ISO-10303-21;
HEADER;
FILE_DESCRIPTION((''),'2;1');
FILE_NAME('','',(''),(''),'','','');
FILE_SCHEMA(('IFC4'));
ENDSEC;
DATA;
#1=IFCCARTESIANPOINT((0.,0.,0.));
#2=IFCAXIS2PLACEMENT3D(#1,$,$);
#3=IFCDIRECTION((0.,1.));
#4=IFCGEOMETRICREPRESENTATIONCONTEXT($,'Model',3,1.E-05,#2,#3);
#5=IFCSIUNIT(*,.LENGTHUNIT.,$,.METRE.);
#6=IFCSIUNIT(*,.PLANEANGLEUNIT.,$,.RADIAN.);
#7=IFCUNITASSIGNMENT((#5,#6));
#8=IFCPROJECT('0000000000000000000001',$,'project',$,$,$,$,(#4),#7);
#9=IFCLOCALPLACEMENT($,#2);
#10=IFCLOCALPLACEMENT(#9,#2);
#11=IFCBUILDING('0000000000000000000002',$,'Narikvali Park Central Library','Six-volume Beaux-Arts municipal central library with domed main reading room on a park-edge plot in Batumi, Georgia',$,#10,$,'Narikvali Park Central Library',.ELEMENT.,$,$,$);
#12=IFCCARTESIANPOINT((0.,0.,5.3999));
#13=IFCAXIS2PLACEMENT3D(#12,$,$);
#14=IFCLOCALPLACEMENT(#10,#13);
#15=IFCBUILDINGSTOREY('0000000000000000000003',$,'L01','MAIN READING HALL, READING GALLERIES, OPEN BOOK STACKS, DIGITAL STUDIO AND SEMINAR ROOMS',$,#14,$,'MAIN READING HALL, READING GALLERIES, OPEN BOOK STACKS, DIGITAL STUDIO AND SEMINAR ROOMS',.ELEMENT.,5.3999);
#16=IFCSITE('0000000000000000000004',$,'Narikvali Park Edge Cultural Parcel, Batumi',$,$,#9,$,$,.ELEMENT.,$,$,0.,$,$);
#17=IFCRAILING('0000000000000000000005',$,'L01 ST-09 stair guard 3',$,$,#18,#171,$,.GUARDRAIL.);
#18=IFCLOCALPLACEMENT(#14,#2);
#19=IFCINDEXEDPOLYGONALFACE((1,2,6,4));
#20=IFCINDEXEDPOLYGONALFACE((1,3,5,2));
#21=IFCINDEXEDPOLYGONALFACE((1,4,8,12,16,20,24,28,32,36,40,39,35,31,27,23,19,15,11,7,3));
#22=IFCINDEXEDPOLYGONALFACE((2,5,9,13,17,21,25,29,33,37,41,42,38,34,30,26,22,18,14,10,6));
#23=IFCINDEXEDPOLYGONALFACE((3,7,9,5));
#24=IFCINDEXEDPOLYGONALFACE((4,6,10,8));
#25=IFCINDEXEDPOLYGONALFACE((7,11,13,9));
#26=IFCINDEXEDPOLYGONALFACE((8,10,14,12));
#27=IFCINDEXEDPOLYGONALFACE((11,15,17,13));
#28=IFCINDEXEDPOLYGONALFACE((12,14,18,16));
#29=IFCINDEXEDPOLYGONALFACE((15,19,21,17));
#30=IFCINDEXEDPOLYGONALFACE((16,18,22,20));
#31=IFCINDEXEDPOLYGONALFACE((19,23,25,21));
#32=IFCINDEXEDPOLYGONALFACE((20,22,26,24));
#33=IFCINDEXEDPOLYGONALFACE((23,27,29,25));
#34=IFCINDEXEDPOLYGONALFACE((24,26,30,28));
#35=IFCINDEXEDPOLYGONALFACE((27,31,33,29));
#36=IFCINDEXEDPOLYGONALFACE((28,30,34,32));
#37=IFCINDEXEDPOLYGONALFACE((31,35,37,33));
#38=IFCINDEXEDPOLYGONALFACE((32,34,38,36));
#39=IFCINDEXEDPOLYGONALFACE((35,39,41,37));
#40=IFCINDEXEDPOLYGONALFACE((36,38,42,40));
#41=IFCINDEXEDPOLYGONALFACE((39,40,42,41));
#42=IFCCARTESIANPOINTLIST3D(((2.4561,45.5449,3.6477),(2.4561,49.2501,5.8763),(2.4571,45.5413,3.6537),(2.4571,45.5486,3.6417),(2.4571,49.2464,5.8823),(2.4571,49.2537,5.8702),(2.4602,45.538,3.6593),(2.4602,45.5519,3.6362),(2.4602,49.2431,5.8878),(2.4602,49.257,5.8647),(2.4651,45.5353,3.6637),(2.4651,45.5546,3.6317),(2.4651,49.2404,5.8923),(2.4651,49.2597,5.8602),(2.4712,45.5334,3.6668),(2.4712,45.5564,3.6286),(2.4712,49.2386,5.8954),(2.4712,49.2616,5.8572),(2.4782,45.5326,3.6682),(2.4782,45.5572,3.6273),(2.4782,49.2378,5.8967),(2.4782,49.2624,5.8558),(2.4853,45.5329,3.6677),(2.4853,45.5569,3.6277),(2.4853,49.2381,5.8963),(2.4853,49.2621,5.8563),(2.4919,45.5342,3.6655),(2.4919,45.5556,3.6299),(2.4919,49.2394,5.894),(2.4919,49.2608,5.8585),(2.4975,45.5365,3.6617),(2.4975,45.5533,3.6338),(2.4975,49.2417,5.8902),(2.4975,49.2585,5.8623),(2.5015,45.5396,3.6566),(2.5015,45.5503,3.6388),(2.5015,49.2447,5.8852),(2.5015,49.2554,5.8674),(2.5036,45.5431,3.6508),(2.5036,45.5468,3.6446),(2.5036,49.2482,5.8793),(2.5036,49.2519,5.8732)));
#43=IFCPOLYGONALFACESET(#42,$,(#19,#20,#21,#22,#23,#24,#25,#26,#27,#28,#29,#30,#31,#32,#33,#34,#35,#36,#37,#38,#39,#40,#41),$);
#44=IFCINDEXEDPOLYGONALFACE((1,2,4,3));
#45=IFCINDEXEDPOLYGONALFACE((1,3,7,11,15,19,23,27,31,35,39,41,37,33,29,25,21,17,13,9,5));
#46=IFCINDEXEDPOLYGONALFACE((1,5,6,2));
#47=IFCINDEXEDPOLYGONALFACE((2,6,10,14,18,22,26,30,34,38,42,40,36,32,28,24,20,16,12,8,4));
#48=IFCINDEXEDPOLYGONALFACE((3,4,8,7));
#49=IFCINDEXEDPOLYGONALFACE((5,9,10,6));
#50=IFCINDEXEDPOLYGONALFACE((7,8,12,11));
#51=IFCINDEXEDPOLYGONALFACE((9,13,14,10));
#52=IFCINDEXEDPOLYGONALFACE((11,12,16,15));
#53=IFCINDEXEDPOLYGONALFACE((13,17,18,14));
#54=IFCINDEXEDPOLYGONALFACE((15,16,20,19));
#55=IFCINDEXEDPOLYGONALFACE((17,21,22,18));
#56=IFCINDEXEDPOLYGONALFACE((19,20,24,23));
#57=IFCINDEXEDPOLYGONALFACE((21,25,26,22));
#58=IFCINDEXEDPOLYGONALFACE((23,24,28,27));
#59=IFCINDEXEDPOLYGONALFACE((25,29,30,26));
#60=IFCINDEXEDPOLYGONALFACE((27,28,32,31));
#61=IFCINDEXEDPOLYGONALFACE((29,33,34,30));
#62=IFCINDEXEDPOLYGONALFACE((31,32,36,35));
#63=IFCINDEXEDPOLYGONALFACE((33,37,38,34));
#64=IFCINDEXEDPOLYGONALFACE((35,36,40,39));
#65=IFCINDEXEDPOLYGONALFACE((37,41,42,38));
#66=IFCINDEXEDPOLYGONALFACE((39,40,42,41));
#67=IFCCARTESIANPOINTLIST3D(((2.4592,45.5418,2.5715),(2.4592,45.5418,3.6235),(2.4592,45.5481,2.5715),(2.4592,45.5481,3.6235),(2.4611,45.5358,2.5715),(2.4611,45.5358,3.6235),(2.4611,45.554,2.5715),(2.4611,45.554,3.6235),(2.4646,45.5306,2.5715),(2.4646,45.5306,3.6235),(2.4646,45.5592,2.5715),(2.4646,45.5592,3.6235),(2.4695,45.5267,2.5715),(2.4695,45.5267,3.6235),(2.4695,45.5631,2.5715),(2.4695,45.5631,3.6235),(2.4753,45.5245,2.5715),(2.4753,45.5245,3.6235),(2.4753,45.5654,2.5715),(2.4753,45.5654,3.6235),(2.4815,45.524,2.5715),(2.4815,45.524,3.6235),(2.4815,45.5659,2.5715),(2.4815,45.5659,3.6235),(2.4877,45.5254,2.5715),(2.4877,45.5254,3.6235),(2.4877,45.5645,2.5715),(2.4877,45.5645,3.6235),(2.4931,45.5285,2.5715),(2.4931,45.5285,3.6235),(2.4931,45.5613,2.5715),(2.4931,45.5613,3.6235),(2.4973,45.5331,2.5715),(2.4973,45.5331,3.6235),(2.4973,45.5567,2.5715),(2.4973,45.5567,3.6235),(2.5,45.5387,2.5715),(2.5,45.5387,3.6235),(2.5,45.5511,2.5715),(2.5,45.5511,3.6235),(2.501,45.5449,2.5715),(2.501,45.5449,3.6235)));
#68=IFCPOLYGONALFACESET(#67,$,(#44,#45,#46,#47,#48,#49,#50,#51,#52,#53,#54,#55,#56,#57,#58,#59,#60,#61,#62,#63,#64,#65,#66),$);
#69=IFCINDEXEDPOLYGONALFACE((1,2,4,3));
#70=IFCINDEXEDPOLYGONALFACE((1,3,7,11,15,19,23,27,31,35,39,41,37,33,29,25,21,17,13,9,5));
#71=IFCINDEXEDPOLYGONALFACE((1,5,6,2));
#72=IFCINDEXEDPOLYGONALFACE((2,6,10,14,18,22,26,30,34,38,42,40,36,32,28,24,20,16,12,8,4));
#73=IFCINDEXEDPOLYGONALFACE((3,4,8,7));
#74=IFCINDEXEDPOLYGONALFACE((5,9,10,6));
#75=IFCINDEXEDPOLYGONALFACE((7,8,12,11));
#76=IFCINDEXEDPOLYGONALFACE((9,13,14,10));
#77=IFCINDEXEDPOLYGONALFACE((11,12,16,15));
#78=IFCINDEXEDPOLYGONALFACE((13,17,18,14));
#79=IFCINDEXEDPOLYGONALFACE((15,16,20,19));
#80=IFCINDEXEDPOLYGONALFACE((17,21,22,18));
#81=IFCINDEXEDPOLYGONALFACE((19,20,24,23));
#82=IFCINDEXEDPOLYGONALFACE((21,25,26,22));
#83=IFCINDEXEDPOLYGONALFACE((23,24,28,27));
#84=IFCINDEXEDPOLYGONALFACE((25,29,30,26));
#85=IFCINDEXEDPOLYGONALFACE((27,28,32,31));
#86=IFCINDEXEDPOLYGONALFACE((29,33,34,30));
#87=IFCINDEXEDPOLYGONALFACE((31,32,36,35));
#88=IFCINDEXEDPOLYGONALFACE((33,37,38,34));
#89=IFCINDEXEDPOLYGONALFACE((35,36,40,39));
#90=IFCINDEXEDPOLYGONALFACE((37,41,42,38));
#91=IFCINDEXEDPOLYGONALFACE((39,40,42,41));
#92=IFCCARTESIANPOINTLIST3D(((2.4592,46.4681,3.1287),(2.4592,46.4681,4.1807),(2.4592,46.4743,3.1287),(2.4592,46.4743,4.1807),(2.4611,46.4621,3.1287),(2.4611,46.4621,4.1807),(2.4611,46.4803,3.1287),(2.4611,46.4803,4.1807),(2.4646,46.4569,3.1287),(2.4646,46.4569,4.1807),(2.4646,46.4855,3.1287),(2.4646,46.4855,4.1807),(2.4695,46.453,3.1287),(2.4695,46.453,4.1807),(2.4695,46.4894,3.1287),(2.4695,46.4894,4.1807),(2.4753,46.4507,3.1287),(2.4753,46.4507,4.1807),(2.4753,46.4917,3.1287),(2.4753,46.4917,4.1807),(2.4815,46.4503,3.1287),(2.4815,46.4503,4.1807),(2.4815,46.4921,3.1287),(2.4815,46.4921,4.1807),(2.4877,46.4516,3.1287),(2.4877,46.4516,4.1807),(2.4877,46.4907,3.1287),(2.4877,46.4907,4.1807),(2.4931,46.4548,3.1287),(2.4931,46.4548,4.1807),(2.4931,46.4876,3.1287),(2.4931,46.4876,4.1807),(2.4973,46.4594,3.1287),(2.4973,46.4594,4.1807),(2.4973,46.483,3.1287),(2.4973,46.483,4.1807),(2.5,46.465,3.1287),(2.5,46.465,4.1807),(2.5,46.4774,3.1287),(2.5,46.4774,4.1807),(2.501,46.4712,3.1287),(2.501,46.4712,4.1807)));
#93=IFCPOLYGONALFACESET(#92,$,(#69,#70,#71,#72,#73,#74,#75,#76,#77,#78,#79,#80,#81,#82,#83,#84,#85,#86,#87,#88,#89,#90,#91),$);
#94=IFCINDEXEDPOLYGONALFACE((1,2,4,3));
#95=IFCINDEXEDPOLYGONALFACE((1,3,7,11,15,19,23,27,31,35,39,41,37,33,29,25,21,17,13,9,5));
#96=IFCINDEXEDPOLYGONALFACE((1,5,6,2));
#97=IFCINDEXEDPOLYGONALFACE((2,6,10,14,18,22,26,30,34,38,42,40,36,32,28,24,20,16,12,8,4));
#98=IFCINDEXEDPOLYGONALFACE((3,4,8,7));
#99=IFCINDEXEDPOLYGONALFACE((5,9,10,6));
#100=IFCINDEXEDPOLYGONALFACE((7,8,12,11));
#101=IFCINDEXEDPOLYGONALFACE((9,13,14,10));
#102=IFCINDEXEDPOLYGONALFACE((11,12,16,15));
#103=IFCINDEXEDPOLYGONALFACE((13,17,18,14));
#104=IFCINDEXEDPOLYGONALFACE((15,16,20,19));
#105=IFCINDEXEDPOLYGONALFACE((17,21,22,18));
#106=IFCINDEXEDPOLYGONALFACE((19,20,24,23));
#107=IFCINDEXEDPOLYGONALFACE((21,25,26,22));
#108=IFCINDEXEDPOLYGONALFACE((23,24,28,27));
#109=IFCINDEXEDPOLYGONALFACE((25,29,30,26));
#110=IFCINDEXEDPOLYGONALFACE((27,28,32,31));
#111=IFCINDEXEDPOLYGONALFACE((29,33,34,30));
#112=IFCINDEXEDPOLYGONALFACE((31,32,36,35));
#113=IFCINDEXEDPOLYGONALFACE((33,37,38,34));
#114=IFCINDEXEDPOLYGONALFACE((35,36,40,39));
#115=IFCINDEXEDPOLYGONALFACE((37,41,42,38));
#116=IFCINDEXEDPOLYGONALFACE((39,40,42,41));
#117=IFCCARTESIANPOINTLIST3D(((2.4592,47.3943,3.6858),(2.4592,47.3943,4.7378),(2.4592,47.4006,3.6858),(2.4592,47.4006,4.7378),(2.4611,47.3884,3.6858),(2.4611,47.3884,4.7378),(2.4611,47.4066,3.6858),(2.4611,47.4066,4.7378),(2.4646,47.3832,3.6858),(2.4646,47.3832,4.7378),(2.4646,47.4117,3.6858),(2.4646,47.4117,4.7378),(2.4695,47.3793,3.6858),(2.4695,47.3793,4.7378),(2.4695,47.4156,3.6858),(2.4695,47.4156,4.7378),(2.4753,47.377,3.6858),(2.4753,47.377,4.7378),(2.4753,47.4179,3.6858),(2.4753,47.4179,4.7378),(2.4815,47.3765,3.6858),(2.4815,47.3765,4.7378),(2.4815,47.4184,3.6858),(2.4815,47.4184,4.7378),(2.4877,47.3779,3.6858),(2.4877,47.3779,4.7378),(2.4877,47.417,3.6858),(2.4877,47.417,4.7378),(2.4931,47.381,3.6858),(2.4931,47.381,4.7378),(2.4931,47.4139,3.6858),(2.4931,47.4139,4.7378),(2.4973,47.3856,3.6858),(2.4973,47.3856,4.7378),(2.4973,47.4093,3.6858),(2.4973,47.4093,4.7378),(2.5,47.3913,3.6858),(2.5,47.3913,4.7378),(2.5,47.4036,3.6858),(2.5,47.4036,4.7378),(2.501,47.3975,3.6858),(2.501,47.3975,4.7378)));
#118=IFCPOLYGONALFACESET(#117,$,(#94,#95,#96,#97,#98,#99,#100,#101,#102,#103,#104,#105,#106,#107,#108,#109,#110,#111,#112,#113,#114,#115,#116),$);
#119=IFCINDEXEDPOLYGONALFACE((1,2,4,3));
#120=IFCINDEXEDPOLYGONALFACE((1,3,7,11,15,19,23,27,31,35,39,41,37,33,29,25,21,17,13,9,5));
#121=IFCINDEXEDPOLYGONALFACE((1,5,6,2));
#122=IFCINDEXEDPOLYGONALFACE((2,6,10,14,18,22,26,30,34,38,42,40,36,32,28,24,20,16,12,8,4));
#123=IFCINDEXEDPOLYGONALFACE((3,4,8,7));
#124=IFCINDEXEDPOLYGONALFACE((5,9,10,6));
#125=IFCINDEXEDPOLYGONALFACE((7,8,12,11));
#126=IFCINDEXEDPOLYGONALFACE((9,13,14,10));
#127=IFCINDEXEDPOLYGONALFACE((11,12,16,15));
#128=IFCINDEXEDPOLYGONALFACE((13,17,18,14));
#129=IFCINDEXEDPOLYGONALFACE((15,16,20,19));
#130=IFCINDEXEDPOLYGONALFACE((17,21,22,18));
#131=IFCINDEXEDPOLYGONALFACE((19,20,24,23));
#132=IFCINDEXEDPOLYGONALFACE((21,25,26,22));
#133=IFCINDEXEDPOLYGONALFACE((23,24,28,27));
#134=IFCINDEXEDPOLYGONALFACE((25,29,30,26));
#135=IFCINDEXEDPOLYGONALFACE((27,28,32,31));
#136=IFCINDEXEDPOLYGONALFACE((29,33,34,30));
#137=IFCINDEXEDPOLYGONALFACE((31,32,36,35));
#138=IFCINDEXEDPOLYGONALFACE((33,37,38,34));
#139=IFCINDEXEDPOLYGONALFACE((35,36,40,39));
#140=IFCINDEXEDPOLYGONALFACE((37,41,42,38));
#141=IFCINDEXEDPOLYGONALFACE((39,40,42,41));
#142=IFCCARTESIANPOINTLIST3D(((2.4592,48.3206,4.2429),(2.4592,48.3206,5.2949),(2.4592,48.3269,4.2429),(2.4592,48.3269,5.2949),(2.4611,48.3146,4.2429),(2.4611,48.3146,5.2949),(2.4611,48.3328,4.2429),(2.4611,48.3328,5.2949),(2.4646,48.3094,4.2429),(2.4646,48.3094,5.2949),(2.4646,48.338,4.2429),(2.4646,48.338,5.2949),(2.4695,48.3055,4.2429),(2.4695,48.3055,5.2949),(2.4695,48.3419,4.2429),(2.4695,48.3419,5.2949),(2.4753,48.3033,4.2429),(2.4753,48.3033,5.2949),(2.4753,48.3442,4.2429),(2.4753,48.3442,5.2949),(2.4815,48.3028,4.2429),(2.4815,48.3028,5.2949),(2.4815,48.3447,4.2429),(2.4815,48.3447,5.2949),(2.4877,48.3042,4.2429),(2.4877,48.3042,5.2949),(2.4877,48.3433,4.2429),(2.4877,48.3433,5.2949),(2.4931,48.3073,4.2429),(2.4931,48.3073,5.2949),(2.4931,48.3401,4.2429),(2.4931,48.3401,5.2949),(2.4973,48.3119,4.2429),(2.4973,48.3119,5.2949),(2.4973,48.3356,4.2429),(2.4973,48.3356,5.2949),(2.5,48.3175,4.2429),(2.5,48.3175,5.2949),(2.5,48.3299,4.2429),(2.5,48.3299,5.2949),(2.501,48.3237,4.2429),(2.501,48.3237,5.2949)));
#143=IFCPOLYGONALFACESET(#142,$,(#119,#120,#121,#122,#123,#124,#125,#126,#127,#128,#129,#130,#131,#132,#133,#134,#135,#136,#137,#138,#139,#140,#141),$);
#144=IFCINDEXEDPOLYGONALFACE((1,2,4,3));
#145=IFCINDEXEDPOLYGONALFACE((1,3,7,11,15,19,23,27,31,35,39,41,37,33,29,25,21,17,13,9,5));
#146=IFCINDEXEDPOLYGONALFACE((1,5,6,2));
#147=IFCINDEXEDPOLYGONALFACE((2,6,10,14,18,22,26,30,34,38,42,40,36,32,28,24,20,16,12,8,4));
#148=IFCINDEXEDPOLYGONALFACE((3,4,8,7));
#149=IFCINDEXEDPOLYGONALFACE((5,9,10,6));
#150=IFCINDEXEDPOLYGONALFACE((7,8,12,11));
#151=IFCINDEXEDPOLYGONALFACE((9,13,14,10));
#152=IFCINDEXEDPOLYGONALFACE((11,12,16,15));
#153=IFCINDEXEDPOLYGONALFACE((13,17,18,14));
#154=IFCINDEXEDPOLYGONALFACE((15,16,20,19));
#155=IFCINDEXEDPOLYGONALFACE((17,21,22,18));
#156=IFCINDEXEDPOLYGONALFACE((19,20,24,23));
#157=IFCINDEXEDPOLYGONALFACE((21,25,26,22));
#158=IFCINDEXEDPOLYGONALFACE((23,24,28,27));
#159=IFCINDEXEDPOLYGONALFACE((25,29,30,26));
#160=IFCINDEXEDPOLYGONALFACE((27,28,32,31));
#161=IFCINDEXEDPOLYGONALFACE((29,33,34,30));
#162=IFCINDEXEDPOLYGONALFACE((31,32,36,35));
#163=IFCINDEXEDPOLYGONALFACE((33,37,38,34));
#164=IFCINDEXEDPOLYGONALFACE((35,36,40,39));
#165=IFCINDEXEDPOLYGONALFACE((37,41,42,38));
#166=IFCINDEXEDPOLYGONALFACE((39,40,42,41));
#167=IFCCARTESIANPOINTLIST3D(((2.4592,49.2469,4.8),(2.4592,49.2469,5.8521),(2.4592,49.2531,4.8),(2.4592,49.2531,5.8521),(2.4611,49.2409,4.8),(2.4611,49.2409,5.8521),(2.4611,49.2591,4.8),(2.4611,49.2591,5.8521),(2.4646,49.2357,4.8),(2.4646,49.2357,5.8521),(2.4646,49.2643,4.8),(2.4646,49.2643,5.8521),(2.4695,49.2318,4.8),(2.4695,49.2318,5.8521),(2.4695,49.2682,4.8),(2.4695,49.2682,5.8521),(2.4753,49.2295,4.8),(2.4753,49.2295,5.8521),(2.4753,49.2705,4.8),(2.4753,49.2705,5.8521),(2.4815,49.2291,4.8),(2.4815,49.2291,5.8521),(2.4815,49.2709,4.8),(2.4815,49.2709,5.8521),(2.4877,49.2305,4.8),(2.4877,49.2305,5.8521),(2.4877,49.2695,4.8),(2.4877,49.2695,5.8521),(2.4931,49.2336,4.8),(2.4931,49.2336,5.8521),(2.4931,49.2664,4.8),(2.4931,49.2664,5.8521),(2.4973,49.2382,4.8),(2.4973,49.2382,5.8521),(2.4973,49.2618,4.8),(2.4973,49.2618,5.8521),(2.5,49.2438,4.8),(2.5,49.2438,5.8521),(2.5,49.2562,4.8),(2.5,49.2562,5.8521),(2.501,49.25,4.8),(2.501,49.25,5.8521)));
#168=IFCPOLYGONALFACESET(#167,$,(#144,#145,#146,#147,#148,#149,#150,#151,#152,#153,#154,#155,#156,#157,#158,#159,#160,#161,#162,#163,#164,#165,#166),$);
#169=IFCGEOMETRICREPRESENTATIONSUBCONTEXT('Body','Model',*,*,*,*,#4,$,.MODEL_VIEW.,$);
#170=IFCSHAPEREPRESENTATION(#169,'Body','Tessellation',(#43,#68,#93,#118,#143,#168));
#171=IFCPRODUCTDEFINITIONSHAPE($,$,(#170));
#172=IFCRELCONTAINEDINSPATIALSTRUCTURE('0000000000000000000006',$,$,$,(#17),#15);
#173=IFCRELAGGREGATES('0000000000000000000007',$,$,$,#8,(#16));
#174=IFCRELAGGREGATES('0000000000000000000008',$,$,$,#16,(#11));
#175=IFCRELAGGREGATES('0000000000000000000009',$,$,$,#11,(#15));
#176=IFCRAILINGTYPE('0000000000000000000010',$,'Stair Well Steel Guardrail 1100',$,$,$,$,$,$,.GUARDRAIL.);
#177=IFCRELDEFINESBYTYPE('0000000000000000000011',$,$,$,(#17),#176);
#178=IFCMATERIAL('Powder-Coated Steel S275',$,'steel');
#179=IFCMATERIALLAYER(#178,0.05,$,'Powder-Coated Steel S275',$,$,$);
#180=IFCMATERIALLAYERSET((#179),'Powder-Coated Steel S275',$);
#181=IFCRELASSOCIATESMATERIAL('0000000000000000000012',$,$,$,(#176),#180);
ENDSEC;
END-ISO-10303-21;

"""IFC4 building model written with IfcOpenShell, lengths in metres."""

from ifc_helpers import new_model, si_unit, direction, frame, origin, origin_2d, place, context, subcontext, project, spatial, circle, extrude, material, layer, layer_set, type_object, element, save


model = new_model("IFC4")

# Units and contexts
model_context = context("Model", 3, precision=1e-05, world=origin(), true_north=direction((0.0, 1.0)))
body_context = subcontext(model_context, "Body", "Model", "MODEL_VIEW")
ifc_project = project(units=[si_unit("LENGTHUNIT", "METRE"), si_unit("PLANEANGLEUNIT", "RADIAN")], contexts=[model_context])

# Site, building, storey
site_placement = place(None, origin())
site = spatial("IfcSite", under=ifc_project, at=site_placement, Name="Narikvali Park Edge Cultural Parcel, Batumi", CompositionType="ELEMENT", RefElevation=0.0)
building_placement = place(site_placement, origin())
building = spatial("IfcBuilding", under=site, at=building_placement, Name="Narikvali Park Central Library", Description="Six-volume Beaux-Arts municipal central library with domed main reading room on a park-edge plot in Batumi, Georgia", LongName="Narikvali Park Central Library", CompositionType="ELEMENT")
storey_placement = place(building_placement, frame((0.0, 0.0, 5.3999)))
storey = spatial("IfcBuildingStorey", under=building, at=storey_placement, Name="L01", Description="MAIN READING HALL, READING GALLERIES, OPEN BOOK STACKS, DIGITAL STUDIO AND SEMINAR ROOMS", LongName="MAIN READING HALL, READING GALLERIES, OPEN BOOK STACKS, DIGITAL STUDIO AND SEMINAR ROOMS", CompositionType="ELEMENT", Elevation=5.3999)

# Railing
ifc_material_1 = material(Name="Powder-Coated Steel S275", Category="steel")
ifc_layer_1 = layer(ifc_material_1, 0.05, Name="Powder-Coated Steel S275")
ifc_layer_set_1 = layer_set([ifc_layer_1], Name="Powder-Coated Steel S275")
railing_type_1 = type_object("IfcRailingType", Name="Stair Well Steel Guardrail 1100", PredefinedType="GUARDRAIL", material=ifc_layer_set_1)
railing_1_placement = place(storey_placement, frame((2.48, 45.5449, 2.5715)))
element("IfcRailing", 1, at=railing_1_placement, inside=storey, type_object=railing_type_1, Name="L01 ST-09 stair guard 3", PredefinedType="GUARDRAIL", context=body_context, shape_type="SweptSolid", body=[
    extrude(circle(Radius=0.0239, at=origin_2d()), frame((0.0, 0.0, 1.0762), z_axis=(0.0, 0.856934, 0.515425), x_axis=(-1.0, 0.0, 0.0)), (0.0, 0.0, 1.0), 4.3237),
    extrude(circle(Radius=0.021, at=origin_2d()), origin(), (0.0, 0.0, 1.0), 1.052),
    extrude(circle(Radius=0.021, at=origin_2d()), frame((0.0, 0.9263, 0.5571)), (0.0, 0.0, 1.0), 1.052),
    extrude(circle(Radius=0.021, at=origin_2d()), frame((0.0, 1.8525, 1.1143)), (0.0, 0.0, 1.0), 1.052),
    extrude(circle(Radius=0.021, at=origin_2d()), frame((0.0, 2.7788, 1.6714)), (0.0, 0.0, 1.0), 1.052),
    extrude(circle(Radius=0.021, at=origin_2d()), frame((0.0, 3.7051, 2.2285)), (0.0, 0.0, 1.0), 1.052),
])

save(model, "model.ifc")
